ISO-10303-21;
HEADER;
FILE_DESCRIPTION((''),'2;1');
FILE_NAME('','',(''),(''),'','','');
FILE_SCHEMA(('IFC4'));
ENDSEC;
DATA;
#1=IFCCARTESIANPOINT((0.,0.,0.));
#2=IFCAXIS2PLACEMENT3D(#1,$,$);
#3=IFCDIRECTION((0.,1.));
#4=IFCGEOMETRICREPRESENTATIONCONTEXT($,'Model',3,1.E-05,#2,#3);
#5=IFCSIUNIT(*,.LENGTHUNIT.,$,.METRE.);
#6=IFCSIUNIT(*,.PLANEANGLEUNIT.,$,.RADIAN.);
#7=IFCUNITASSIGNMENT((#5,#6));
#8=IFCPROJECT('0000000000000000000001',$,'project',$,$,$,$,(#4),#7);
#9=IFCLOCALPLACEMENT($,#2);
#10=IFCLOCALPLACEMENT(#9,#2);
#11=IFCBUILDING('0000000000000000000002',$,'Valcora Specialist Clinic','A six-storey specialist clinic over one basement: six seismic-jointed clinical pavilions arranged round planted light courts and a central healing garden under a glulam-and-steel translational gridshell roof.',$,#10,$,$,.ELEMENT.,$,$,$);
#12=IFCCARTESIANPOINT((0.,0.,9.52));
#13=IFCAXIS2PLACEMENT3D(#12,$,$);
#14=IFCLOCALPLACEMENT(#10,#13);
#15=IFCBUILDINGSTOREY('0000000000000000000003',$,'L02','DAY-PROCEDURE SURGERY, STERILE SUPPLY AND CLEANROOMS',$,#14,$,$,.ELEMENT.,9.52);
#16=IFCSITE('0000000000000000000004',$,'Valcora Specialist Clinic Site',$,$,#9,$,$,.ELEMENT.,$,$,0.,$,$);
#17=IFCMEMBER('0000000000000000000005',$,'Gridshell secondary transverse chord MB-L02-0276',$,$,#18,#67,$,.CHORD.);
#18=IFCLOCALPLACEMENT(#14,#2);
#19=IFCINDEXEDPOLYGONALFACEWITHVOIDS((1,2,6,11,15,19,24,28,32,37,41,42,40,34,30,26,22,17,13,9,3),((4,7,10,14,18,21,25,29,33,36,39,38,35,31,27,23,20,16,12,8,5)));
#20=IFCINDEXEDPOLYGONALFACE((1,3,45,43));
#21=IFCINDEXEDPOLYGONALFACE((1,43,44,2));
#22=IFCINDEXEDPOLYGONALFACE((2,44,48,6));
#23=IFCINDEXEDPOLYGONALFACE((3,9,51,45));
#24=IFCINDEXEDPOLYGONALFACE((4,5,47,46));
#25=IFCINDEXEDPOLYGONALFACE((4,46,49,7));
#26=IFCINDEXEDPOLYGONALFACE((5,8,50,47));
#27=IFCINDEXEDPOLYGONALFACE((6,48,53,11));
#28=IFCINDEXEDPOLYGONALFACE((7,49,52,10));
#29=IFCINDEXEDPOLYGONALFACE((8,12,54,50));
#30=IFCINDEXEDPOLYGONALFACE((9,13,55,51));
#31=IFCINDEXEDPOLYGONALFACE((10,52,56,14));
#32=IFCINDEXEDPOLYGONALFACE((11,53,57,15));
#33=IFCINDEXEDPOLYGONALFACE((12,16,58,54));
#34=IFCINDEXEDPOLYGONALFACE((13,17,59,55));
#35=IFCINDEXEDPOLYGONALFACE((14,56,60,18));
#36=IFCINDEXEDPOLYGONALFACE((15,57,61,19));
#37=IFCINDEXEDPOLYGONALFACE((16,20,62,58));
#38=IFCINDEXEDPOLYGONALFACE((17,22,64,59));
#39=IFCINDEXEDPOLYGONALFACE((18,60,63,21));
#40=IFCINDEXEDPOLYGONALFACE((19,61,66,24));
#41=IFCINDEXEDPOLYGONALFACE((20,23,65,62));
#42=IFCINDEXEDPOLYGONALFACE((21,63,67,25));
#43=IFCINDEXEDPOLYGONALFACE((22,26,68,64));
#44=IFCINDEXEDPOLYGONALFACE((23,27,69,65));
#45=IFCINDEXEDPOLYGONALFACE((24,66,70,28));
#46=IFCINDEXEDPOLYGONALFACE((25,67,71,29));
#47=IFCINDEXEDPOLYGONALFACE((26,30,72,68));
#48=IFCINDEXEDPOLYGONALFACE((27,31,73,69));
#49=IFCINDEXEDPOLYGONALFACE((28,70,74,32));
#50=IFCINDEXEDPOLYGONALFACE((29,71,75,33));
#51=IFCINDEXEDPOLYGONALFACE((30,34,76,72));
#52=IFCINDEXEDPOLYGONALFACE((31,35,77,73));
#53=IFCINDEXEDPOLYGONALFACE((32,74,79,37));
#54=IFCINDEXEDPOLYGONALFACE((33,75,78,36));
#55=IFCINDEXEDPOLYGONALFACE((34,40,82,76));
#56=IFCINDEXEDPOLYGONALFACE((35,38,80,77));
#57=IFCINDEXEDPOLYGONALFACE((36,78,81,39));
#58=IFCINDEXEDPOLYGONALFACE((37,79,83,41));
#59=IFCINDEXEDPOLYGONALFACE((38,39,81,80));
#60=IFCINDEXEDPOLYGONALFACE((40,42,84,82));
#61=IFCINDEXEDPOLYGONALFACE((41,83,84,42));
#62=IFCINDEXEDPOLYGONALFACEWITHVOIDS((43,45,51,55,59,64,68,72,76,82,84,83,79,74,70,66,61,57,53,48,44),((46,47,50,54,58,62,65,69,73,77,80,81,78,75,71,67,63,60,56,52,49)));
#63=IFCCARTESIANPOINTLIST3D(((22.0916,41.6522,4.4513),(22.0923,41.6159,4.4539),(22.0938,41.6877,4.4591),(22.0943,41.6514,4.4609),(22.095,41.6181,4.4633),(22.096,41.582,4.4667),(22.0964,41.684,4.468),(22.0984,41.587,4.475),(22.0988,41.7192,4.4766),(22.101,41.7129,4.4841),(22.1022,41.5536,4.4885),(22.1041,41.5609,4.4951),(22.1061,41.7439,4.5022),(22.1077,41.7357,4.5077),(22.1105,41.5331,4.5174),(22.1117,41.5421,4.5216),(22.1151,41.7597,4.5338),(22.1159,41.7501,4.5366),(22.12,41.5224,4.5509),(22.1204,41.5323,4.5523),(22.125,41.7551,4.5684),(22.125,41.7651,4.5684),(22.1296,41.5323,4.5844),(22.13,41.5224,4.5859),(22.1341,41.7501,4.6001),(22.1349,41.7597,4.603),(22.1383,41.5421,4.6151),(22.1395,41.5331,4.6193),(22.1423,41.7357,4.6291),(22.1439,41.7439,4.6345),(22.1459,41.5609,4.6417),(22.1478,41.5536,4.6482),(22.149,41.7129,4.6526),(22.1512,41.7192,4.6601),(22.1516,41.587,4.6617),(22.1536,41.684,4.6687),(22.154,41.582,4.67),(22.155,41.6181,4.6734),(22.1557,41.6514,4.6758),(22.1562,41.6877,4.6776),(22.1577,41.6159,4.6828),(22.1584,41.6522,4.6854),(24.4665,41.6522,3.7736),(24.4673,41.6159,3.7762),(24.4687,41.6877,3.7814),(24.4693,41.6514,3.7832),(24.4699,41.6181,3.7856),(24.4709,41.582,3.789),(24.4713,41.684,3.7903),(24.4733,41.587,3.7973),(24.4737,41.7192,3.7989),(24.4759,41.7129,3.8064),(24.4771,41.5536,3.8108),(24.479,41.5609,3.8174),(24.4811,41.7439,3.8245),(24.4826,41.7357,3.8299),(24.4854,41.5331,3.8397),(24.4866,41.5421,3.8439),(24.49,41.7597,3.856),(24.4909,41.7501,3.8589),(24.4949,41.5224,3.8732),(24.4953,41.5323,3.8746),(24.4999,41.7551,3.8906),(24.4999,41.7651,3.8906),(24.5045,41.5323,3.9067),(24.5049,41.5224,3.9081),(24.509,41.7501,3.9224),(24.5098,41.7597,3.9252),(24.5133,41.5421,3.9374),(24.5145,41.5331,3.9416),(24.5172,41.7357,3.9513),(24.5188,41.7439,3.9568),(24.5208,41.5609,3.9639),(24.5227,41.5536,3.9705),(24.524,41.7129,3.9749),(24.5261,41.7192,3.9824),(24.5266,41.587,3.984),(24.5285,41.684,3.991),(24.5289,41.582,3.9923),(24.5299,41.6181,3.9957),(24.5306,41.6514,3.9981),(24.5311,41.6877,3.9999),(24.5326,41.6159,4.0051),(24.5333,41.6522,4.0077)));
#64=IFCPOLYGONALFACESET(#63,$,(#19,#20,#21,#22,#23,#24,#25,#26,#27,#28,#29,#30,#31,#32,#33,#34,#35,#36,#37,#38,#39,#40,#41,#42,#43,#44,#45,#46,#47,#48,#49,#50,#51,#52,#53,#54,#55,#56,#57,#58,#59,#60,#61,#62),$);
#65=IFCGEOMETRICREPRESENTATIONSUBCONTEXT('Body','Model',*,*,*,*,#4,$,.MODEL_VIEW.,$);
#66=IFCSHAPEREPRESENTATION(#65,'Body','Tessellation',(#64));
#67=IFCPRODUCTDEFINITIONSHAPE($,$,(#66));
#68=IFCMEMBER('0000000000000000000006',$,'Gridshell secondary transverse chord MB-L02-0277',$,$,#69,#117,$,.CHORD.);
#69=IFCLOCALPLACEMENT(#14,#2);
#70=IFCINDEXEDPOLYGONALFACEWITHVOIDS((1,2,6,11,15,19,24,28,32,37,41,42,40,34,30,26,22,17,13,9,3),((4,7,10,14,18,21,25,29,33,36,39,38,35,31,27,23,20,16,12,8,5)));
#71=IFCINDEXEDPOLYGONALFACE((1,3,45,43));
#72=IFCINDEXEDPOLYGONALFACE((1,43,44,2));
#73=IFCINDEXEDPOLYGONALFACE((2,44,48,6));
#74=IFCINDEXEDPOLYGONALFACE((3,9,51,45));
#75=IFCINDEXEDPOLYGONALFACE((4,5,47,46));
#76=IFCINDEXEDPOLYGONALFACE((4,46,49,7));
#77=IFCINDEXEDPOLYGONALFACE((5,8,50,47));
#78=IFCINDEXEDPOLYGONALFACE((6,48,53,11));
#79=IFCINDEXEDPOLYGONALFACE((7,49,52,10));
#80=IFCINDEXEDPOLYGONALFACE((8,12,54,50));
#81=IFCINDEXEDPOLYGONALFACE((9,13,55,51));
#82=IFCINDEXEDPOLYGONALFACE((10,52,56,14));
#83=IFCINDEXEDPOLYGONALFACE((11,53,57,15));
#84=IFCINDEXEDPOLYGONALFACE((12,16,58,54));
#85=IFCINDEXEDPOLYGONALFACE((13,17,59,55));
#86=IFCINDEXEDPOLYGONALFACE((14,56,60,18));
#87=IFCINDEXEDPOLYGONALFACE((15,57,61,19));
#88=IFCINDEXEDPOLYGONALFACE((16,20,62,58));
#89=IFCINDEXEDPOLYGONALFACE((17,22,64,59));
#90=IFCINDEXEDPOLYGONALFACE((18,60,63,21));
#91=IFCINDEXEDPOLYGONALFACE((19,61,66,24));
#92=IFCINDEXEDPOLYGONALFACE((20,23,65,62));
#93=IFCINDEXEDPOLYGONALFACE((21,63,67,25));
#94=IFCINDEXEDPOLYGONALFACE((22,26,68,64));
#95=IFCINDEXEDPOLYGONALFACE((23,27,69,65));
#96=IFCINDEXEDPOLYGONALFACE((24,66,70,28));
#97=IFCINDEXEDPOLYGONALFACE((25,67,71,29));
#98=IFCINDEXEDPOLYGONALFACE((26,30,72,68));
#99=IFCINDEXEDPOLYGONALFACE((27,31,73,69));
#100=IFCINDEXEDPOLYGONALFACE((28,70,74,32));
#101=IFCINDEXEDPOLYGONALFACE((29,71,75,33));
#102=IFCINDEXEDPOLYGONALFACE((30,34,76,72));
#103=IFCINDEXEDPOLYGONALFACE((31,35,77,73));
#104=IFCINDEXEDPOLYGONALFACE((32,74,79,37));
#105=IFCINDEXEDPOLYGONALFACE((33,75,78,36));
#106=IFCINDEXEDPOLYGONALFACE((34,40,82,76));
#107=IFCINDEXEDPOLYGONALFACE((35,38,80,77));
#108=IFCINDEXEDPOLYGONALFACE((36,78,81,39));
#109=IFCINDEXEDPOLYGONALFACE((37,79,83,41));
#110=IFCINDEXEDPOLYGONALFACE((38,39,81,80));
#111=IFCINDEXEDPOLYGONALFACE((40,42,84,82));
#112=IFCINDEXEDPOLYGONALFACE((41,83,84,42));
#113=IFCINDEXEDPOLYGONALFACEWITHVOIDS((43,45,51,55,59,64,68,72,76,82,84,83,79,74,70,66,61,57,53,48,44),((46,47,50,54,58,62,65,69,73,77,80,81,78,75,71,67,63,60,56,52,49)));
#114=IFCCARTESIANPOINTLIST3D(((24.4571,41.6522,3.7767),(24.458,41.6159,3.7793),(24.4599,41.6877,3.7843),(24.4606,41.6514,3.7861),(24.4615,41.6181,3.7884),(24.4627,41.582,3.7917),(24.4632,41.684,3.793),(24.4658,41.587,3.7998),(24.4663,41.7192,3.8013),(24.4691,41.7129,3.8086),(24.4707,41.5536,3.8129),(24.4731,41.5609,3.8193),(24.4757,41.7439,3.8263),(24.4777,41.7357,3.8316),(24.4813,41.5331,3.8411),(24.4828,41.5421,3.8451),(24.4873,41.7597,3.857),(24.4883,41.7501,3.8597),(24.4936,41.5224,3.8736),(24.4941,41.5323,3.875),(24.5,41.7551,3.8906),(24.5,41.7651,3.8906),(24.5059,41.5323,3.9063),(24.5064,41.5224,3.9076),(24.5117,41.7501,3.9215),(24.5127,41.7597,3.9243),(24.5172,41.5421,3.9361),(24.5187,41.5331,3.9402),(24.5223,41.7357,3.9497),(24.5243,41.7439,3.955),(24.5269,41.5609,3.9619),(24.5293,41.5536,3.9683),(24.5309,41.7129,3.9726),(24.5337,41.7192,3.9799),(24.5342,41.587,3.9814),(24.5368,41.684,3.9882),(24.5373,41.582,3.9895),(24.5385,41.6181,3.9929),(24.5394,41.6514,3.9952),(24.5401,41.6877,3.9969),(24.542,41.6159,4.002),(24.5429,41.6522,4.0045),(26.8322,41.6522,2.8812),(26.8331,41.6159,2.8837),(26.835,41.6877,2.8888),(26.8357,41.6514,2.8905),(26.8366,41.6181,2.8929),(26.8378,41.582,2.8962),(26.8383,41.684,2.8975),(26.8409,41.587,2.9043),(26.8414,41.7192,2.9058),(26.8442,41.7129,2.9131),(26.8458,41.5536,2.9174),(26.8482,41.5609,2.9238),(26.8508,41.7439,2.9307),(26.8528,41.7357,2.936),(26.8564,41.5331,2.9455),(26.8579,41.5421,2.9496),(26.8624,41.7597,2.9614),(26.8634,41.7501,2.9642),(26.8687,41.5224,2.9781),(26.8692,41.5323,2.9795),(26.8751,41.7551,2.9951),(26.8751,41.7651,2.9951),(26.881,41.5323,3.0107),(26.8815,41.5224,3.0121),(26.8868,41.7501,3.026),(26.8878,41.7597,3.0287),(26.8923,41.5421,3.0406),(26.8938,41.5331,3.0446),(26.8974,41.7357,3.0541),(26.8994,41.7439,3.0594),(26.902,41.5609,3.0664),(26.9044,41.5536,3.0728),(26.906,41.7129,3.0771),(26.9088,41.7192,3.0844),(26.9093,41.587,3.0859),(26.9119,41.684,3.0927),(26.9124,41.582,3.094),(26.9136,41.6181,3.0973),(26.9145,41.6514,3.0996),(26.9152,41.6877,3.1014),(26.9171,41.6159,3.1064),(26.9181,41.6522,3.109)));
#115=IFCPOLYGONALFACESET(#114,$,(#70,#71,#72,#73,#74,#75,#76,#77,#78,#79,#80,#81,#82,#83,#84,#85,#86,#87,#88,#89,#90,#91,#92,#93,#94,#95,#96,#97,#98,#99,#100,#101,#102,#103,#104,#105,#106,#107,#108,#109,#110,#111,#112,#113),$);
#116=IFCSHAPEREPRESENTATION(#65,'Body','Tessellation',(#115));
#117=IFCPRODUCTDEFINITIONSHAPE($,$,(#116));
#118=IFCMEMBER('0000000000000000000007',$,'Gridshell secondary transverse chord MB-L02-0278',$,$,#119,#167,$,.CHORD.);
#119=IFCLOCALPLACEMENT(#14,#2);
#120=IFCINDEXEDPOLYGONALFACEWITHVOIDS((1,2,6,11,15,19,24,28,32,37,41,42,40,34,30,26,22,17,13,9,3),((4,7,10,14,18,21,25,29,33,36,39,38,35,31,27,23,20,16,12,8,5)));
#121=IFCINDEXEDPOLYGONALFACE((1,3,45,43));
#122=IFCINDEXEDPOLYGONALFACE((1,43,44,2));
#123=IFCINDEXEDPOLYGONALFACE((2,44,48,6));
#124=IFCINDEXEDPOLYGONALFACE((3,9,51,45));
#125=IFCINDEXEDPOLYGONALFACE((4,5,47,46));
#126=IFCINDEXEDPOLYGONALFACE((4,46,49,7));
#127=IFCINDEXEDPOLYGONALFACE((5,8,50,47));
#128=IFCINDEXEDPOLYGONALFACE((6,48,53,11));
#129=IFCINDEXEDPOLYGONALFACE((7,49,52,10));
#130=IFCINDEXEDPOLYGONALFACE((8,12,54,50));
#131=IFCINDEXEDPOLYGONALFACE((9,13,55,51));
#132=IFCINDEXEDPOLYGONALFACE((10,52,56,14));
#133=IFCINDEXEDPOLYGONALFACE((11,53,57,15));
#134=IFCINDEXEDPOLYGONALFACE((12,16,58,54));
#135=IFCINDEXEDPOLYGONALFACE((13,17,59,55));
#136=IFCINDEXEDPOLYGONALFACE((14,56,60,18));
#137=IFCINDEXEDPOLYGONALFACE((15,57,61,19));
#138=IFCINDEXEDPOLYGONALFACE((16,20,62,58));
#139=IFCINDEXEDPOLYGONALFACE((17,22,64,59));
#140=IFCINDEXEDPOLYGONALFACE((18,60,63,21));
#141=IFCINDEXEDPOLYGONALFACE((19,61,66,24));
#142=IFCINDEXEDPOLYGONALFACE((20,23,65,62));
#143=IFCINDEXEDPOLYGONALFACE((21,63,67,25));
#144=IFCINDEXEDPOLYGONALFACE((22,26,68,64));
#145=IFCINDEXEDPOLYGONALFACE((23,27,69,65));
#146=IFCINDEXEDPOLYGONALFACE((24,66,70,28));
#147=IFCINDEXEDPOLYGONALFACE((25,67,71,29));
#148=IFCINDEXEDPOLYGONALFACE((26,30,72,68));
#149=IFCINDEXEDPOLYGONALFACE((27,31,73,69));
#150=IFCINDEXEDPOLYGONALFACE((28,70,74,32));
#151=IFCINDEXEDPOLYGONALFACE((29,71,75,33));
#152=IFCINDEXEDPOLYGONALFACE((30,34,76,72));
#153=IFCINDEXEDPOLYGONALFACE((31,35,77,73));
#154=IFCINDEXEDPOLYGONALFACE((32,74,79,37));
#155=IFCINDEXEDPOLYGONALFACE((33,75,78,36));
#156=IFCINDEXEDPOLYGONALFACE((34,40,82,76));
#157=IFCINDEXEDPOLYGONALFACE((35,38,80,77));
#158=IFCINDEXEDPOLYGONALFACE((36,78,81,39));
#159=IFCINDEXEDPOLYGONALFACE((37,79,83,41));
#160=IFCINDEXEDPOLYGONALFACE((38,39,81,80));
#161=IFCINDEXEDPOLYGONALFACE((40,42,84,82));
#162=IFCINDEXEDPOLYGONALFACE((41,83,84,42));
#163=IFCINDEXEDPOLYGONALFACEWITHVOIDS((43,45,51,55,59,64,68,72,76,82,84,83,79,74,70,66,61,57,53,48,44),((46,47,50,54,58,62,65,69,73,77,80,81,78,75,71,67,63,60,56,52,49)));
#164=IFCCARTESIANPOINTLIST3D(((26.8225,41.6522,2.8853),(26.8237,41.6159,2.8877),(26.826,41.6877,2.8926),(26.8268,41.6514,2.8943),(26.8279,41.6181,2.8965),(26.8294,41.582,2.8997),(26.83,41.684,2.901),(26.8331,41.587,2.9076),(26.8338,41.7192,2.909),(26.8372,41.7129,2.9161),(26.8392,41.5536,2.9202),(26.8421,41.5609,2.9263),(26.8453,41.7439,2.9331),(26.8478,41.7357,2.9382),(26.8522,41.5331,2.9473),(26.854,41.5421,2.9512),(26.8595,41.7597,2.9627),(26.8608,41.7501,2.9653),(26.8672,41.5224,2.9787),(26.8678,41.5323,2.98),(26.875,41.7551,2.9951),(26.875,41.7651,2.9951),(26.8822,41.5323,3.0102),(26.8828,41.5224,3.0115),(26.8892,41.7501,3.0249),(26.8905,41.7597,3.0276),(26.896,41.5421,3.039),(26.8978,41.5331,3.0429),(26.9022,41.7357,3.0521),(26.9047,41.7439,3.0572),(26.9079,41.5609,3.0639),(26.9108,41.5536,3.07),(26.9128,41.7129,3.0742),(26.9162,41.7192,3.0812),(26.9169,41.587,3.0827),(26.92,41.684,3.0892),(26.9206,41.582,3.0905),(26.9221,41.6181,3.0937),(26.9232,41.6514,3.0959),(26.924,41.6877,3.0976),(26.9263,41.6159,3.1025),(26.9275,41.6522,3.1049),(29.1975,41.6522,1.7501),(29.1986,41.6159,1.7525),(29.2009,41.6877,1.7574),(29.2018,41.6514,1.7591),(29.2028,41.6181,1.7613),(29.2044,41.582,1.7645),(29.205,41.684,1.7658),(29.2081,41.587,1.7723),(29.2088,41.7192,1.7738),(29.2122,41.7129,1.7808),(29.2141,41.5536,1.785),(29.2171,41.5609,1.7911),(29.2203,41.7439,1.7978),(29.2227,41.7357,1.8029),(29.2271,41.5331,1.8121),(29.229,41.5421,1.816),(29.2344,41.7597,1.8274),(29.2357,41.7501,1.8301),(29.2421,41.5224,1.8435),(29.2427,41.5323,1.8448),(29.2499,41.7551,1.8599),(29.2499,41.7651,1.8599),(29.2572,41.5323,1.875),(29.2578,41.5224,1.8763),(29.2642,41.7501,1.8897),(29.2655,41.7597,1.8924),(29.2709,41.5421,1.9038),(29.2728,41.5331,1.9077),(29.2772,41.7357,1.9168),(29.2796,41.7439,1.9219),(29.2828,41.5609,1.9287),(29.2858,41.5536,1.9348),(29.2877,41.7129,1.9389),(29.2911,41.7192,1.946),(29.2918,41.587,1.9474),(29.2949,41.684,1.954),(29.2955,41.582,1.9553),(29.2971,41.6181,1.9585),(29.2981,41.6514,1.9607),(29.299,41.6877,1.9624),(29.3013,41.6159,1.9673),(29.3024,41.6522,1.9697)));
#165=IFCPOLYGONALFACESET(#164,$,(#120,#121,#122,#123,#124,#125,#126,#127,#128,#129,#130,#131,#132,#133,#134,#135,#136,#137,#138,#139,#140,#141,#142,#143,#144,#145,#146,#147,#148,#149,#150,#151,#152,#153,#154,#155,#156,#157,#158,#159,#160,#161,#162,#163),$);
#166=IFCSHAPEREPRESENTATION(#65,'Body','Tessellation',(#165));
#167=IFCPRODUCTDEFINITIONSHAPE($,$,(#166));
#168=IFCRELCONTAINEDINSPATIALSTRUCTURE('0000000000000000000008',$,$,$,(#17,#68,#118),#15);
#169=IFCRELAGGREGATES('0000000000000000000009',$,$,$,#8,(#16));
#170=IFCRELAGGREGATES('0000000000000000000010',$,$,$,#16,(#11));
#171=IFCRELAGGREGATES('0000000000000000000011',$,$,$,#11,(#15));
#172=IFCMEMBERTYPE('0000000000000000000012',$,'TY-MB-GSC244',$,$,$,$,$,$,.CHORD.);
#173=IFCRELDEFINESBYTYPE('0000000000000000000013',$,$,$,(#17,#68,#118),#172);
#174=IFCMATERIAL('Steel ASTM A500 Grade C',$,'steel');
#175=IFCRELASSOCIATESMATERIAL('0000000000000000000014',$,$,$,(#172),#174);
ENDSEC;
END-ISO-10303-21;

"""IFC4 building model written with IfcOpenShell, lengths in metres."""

from ifc_helpers import new_model, si_unit, direction, frame, origin, origin_2d, place, context, subcontext, project, spatial, hollow_circle, extrude, material, material_profile, profile_set, type_object, element, save


model = new_model("IFC4")

# Units and contexts
model_context = context("Model", 3, precision=1e-05, world=origin(), true_north=direction((0.0, 1.0)))
body_context = subcontext(model_context, "Body", "Model", "MODEL_VIEW")
ifc_project = project(units=[si_unit("LENGTHUNIT", "METRE"), si_unit("PLANEANGLEUNIT", "RADIAN")], contexts=[model_context])

# Site, building, storey
site_placement = place(None, origin())
site = spatial("IfcSite", under=ifc_project, at=site_placement, Name="Valcora Specialist Clinic Site", CompositionType="ELEMENT", RefElevation=0.0)
building_placement = place(site_placement, origin())
building = spatial("IfcBuilding", under=site, at=building_placement, Name="Valcora Specialist Clinic", Description="A six-storey specialist clinic over one basement: six seismic-jointed clinical pavilions arranged round planted light courts and a central healing garden under a glulam-and-steel translational gridshell roof.", CompositionType="ELEMENT")
storey_placement = place(building_placement, frame((0.0, 0.0, 9.52)))
storey = spatial("IfcBuildingStorey", under=building, at=storey_placement, Name="L02", Description="DAY-PROCEDURE SURGERY, STERILE SUPPLY AND CLEANROOMS", CompositionType="ELEMENT", Elevation=9.52)

# Members
ifc_material_1 = material(Name="Steel ASTM A500 Grade C", Category="steel")
ifc_material_profile_1 = material_profile(ifc_material_1, hollow_circle(Radius=0.1221, WallThickness=0.01, at=origin_2d()), Name="ST-CHS-244X10")
ifc_profile_set_1 = profile_set([ifc_material_profile_1], Name="Steel ASTM A500 Grade C")
member_type_1 = type_object("IfcMemberType", Name="TY-MB-GSC244", PredefinedType="CHORD", material=ifc_profile_set_1)
member_1_placement = place(storey_placement, frame((22.125, 41.6431, 4.5684), z_axis=(0.961613, 0.0, -0.274408), x_axis=(0.0, 1.0, 0.0)))
element("IfcMember", 1, at=member_1_placement, inside=storey, type_object=member_type_1, Name="Gridshell secondary transverse chord MB-L02-0276", PredefinedType="CHORD", context=body_context, shape_type="SweptSolid", body=[
    extrude(hollow_circle(Radius=0.1221, WallThickness=0.01, at=origin_2d()), origin(), (0.0, 0.0, 1.0), 2.4697),
])
member_2_placement = place(storey_placement, frame((24.5, 41.6431, 3.8906), z_axis=(0.935695, 0.0, -0.352809), x_axis=(0.0, 1.0, 0.0)))
element("IfcMember", 2, at=member_2_placement, inside=storey, type_object=member_type_1, Name="Gridshell secondary transverse chord MB-L02-0277", PredefinedType="CHORD", context=body_context, shape_type="SweptSolid", body=[
    extrude(hollow_circle(Radius=0.1221, WallThickness=0.01, at=origin_2d()), origin(), (0.0, 0.0, 1.0), 2.5383),
])
member_3_placement = place(storey_placement, frame((26.875, 41.6431, 2.9951), z_axis=(0.902225, 0.0, -0.431265), x_axis=(0.0, 1.0, 0.0)))
element("IfcMember", 3, at=member_3_placement, inside=storey, type_object=member_type_1, Name="Gridshell secondary transverse chord MB-L02-0278", PredefinedType="CHORD", context=body_context, shape_type="SweptSolid", body=[
    extrude(hollow_circle(Radius=0.1221, WallThickness=0.01, at=origin_2d()), origin(), (0.0, 0.0, 1.0), 2.6323),
])

save(model, "model.ifc")
